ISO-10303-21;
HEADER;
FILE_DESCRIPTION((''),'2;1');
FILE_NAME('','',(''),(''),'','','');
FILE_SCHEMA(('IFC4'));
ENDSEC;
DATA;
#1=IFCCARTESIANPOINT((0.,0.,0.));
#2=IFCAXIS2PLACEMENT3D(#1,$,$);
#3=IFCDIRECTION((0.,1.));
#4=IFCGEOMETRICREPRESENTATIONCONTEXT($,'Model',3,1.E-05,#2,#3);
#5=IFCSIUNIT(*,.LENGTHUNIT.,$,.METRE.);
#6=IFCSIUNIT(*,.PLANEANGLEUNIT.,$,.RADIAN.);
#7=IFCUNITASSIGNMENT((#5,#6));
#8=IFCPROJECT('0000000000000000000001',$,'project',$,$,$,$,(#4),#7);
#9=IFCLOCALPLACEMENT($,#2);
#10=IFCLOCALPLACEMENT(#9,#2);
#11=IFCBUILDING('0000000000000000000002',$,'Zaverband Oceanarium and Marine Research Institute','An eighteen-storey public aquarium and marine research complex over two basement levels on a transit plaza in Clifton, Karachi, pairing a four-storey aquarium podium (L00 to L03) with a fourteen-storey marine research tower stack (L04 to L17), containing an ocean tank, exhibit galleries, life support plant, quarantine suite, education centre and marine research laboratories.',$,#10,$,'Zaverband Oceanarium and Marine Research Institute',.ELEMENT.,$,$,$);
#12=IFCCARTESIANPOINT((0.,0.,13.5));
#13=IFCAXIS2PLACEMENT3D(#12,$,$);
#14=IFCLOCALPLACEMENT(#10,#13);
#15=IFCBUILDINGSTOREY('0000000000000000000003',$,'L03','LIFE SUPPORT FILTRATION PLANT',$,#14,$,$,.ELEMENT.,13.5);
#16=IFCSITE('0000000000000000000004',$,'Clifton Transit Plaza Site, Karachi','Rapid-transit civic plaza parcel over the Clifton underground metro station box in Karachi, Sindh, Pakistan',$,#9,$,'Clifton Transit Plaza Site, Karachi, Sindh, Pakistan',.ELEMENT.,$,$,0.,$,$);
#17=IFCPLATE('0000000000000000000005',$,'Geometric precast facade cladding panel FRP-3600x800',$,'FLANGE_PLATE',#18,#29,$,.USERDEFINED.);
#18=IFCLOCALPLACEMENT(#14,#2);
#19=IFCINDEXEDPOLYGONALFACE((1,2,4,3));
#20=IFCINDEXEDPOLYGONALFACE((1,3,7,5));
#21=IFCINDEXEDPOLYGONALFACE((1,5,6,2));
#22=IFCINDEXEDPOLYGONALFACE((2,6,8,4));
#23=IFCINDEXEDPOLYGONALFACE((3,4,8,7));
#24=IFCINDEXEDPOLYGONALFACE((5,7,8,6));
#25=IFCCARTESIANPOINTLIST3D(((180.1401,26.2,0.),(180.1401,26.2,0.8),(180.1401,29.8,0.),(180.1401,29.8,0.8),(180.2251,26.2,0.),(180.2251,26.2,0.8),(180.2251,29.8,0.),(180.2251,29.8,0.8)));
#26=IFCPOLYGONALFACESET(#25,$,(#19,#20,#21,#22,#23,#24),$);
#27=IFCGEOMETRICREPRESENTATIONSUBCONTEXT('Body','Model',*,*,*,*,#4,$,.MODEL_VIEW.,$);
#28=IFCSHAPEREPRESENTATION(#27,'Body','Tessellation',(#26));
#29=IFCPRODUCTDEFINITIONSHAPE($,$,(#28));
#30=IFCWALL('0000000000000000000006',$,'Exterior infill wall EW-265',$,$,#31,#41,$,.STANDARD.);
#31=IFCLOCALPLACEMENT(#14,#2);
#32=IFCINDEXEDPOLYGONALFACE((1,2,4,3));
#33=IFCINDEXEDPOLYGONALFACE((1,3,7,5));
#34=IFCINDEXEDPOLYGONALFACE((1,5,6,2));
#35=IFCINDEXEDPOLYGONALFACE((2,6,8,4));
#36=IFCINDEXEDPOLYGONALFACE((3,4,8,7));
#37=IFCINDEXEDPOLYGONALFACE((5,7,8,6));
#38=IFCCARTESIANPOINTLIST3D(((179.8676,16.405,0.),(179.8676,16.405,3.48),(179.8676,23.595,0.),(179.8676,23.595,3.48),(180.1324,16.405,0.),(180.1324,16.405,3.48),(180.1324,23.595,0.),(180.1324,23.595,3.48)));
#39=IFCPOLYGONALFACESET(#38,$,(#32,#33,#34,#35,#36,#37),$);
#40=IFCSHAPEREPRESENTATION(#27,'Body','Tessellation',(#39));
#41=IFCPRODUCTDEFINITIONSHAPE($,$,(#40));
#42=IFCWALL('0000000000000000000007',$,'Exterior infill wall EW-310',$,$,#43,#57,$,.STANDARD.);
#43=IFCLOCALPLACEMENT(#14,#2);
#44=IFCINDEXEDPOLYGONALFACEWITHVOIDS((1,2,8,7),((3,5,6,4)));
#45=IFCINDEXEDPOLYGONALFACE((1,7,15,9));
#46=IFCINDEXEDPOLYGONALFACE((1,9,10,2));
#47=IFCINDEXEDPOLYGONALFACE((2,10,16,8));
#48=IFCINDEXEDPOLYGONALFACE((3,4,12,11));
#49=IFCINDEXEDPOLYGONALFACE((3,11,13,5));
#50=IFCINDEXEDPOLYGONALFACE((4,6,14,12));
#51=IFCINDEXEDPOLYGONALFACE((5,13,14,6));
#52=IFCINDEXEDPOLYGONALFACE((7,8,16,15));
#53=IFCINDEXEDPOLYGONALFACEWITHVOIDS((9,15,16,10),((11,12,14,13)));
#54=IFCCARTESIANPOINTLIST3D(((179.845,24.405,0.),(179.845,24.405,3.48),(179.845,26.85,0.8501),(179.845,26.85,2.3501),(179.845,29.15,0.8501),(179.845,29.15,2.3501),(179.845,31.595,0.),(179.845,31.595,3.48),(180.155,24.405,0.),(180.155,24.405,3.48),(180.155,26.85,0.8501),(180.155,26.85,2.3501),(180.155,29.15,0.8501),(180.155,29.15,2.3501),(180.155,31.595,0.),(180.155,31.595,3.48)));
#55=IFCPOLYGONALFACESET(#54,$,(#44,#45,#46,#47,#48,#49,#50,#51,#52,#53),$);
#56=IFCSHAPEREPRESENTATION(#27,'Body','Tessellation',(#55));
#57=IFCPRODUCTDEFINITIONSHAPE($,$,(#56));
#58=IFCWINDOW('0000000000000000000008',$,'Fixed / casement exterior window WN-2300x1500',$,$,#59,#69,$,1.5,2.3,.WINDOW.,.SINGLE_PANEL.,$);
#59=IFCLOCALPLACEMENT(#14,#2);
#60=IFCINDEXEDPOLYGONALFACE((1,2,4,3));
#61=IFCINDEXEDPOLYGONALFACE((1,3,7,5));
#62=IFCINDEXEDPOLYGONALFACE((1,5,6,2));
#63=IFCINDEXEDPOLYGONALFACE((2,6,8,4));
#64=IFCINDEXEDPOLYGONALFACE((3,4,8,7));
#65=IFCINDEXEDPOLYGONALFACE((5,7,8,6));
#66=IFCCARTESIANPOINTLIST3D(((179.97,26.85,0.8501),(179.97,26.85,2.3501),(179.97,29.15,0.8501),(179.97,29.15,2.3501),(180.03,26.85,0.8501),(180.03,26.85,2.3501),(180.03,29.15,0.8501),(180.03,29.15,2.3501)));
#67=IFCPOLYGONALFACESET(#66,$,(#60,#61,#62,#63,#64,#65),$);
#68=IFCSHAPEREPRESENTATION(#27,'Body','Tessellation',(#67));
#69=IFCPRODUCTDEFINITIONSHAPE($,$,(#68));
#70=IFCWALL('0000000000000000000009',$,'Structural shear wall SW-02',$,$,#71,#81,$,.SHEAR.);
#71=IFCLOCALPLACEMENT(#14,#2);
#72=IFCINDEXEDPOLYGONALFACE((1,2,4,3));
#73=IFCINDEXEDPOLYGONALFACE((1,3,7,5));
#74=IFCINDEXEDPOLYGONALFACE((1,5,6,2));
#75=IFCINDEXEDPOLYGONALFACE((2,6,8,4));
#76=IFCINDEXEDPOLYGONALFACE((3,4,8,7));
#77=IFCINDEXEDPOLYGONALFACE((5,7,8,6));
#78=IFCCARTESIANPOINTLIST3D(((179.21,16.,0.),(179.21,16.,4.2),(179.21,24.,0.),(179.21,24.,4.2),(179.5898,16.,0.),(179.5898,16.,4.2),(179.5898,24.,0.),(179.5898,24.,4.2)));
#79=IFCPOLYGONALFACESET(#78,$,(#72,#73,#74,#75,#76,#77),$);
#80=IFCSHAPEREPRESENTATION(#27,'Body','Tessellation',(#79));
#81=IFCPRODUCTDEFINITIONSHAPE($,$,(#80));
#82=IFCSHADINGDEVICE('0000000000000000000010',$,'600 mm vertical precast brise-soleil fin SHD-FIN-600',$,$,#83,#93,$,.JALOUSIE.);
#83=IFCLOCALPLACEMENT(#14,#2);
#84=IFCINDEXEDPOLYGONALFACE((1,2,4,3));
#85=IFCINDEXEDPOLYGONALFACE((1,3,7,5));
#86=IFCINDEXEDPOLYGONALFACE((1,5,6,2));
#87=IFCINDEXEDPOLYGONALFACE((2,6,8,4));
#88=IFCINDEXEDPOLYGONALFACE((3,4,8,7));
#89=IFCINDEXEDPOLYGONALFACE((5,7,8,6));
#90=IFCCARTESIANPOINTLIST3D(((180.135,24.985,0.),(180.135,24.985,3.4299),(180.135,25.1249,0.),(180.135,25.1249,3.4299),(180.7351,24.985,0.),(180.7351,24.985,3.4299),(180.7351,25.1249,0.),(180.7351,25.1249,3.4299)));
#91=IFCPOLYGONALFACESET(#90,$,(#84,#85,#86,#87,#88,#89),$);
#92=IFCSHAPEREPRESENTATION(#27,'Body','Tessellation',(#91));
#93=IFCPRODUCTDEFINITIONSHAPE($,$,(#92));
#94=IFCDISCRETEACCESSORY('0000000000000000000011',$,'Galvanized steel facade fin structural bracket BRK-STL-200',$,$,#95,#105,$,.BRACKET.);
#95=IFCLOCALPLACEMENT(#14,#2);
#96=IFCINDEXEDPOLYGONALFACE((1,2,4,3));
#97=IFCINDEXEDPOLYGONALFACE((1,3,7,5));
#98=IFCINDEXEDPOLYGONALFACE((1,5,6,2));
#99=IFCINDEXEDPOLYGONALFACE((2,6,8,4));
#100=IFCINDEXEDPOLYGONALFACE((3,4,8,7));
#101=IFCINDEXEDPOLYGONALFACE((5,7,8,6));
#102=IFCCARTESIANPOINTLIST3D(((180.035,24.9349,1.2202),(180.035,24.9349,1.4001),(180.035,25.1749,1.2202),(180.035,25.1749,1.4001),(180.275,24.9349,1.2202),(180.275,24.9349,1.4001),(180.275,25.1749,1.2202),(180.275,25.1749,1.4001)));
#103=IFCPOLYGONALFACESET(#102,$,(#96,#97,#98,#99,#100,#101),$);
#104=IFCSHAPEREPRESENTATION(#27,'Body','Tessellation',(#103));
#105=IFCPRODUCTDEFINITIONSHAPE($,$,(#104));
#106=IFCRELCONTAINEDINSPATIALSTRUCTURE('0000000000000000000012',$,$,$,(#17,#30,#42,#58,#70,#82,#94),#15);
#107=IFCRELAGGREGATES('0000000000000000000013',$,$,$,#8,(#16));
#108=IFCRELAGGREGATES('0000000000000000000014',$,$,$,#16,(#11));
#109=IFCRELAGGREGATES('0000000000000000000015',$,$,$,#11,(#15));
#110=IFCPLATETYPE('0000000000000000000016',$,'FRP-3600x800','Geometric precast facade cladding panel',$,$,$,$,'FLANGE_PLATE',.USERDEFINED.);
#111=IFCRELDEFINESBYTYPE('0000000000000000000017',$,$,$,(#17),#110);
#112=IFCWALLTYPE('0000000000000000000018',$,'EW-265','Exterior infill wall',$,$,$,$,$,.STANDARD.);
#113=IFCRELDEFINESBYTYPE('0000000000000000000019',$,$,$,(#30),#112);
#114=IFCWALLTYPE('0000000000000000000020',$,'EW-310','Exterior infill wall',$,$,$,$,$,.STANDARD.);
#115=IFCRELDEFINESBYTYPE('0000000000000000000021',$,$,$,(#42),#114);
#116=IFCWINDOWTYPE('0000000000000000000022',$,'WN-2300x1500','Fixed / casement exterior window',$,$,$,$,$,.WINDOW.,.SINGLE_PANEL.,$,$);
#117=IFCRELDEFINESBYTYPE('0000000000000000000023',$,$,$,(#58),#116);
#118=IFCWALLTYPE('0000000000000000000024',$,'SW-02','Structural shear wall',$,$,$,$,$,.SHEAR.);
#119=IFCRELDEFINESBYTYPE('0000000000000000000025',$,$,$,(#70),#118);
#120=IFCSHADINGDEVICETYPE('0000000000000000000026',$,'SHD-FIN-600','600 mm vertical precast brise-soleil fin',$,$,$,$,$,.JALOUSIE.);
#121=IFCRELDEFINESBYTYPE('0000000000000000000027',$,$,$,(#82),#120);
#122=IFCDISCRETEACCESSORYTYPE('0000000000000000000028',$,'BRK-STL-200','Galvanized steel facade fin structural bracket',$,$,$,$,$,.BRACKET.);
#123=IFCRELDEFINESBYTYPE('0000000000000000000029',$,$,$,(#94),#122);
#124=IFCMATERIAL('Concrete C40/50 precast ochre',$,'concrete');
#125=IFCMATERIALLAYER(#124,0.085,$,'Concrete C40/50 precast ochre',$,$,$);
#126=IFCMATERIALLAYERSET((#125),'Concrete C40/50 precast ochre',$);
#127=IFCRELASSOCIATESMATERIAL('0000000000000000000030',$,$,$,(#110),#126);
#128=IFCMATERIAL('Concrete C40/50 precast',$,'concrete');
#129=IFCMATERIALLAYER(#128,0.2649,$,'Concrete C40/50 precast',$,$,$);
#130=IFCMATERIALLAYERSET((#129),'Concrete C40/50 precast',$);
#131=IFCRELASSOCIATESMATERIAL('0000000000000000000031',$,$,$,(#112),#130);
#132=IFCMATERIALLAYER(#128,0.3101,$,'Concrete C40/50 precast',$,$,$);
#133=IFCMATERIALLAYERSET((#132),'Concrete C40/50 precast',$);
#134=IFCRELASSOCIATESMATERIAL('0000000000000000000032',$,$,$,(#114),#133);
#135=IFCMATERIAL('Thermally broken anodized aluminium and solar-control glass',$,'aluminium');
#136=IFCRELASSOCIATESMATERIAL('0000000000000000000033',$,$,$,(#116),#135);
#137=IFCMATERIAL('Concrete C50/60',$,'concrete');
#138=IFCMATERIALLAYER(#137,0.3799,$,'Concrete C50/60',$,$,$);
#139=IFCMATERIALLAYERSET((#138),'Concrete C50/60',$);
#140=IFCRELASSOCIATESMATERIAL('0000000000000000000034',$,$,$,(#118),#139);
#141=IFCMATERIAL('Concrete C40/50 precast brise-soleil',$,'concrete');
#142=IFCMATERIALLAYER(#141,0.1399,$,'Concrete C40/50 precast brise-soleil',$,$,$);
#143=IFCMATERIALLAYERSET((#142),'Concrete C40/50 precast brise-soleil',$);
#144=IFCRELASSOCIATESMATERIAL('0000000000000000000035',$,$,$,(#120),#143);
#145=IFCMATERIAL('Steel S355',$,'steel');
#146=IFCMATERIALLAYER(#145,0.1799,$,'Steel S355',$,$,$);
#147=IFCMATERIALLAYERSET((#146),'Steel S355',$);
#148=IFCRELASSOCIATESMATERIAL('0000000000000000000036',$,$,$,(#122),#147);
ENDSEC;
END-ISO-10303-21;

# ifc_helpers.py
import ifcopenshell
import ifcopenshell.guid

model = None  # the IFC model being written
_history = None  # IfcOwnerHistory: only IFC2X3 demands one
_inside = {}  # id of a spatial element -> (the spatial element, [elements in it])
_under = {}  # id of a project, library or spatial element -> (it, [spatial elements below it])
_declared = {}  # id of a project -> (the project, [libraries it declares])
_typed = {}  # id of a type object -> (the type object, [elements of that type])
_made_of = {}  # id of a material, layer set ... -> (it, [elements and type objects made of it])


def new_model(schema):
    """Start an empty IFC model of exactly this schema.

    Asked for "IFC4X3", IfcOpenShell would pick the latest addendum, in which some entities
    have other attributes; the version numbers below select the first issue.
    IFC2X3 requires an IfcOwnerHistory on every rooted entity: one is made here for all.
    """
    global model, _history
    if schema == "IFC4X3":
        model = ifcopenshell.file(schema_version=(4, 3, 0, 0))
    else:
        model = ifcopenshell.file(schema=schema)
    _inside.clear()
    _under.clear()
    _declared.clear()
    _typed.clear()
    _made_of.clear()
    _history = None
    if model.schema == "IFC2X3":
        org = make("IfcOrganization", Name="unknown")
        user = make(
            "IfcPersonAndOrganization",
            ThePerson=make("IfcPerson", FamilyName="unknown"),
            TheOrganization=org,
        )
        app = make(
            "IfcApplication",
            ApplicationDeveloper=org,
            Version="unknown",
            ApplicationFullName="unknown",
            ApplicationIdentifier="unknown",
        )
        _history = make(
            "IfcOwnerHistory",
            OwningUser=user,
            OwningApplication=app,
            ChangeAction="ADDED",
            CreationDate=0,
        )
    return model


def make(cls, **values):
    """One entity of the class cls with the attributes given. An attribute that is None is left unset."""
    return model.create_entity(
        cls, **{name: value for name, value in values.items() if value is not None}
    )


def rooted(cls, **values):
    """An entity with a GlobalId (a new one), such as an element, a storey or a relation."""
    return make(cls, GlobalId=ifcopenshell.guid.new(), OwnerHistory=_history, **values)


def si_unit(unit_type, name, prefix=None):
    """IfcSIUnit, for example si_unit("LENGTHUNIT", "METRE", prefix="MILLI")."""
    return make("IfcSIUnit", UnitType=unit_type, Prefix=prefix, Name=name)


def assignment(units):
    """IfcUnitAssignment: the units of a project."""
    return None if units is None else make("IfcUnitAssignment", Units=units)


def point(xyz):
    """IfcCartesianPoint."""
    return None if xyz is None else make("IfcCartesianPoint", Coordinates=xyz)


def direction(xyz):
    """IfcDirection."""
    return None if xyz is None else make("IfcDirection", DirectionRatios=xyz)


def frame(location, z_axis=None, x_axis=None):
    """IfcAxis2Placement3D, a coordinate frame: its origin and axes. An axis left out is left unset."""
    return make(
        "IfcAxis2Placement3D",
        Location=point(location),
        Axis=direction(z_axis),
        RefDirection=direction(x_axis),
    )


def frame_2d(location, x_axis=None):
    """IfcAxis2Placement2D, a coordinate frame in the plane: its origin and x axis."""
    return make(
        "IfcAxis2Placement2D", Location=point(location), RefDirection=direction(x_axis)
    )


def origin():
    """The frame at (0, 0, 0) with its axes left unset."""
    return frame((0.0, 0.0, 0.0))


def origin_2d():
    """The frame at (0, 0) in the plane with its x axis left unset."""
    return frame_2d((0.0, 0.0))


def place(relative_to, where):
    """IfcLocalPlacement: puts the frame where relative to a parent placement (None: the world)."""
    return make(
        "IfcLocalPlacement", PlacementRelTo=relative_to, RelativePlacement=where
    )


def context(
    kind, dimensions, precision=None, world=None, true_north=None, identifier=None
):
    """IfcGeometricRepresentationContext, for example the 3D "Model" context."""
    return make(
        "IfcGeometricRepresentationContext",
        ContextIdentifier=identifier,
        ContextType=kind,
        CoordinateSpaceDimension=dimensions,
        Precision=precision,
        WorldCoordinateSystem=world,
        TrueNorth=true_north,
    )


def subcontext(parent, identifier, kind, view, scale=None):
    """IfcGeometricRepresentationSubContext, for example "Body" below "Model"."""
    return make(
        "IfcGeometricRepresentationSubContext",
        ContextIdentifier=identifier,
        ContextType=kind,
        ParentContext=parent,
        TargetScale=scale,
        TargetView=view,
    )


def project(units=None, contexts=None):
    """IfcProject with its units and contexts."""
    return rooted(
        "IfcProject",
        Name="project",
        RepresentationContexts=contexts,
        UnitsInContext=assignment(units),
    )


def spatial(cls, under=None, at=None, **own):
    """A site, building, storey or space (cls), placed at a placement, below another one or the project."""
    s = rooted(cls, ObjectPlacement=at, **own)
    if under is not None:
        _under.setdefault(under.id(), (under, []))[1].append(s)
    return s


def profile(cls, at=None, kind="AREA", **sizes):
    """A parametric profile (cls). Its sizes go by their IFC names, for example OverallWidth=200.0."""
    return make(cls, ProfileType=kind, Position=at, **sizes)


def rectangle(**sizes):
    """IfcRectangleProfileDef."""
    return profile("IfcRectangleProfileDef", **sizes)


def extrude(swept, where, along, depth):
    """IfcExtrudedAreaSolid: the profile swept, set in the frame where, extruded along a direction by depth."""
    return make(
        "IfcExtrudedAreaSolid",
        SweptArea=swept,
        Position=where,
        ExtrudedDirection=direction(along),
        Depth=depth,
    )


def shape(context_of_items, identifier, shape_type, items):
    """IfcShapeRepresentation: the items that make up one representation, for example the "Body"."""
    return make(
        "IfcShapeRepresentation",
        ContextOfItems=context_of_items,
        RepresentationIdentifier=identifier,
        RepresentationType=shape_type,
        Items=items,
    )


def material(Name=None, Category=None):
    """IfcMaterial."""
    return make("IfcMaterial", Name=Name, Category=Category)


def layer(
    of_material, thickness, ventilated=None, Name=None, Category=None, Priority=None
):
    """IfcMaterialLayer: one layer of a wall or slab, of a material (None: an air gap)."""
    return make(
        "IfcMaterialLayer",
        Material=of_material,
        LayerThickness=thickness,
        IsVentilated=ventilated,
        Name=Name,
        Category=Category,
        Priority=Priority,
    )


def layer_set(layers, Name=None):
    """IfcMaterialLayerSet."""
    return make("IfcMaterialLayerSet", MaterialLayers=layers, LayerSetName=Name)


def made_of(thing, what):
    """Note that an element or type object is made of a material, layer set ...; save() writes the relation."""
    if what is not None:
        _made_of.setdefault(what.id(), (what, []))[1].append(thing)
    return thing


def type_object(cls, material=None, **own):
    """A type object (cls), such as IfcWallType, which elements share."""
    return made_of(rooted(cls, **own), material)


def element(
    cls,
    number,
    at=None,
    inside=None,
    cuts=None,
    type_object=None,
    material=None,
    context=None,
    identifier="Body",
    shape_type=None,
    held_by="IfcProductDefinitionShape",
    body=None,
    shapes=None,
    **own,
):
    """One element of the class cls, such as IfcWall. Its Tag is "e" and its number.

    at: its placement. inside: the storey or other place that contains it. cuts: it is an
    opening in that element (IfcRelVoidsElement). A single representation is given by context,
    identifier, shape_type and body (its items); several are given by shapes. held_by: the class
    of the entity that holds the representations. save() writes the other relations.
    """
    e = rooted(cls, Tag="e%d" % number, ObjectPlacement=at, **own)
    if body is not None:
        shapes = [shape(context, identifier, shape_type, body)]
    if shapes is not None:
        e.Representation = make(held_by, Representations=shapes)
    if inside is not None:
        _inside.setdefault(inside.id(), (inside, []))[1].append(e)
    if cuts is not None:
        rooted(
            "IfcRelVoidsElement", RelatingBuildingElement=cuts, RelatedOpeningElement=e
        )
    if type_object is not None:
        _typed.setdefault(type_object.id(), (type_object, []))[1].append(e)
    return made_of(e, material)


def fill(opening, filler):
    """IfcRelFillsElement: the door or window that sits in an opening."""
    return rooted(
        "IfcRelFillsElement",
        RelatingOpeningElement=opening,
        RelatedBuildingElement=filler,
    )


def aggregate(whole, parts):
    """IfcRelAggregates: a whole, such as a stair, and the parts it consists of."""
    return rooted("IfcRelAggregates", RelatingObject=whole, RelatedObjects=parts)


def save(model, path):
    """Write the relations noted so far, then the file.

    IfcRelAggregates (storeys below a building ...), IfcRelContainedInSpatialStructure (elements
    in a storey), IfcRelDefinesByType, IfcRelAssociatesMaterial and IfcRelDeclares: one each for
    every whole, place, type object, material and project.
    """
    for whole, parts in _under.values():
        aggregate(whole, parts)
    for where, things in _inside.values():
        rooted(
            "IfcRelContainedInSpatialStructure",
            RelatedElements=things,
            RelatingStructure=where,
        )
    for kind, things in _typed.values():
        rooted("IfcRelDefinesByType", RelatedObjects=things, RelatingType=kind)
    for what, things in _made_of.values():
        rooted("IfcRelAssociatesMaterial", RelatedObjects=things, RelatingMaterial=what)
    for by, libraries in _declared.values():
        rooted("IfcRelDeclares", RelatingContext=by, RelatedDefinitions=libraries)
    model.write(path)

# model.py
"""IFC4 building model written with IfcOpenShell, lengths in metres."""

from ifc_helpers import new_model, si_unit, direction, frame, frame_2d, origin, origin_2d, place, context, subcontext, project, spatial, rectangle, extrude, material, layer, layer_set, type_object, element, fill, save


model = new_model("IFC4")

# Units and contexts
model_context = context("Model", 3, precision=1e-05, world=origin(), true_north=direction((0.0, 1.0)))
body_context = subcontext(model_context, "Body", "Model", "MODEL_VIEW")
ifc_project = project(units=[si_unit("LENGTHUNIT", "METRE"), si_unit("PLANEANGLEUNIT", "RADIAN")], contexts=[model_context])

# Site, building, storey
site_placement = place(None, origin())
site = spatial("IfcSite", under=ifc_project, at=site_placement, Name="Clifton Transit Plaza Site, Karachi", Description="Rapid-transit civic plaza parcel over the Clifton underground metro station box in Karachi, Sindh, Pakistan", LongName="Clifton Transit Plaza Site, Karachi, Sindh, Pakistan", CompositionType="ELEMENT", RefElevation=0.0)
building_placement = place(site_placement, origin())
building = spatial("IfcBuilding", under=site, at=building_placement, Name="Zaverband Oceanarium and Marine Research Institute", Description="An eighteen-storey public aquarium and marine research complex over two basement levels on a transit plaza in Clifton, Karachi, pairing a four-storey aquarium podium (L00 to L03) with a fourteen-storey marine research tower stack (L04 to L17), containing an ocean tank, exhibit galleries, life support plant, quarantine suite, education centre and marine research laboratories.", LongName="Zaverband Oceanarium and Marine Research Institute", CompositionType="ELEMENT")
storey_placement = place(building_placement, frame((0.0, 0.0, 13.5)))
storey = spatial("IfcBuildingStorey", under=building, at=storey_placement, Name="L03", Description="LIFE SUPPORT FILTRATION PLANT", CompositionType="ELEMENT", Elevation=13.5)

# Shared definitions
ifc_material_1 = material(Name="Concrete C50/60", Category="concrete")

# Plate
ifc_material_2 = material(Name="Concrete C40/50 precast ochre", Category="concrete")
ifc_layer_1 = layer(ifc_material_2, 0.085, Name="Concrete C40/50 precast ochre")
ifc_layer_set_1 = layer_set([ifc_layer_1], Name="Concrete C40/50 precast ochre")
plate_type = type_object("IfcPlateType", Name="FRP-3600x800", Description="Geometric precast facade cladding panel", ElementType="FLANGE_PLATE", PredefinedType="USERDEFINED", material=ifc_layer_set_1)
plate_placement = place(storey_placement, frame((180.1826, 26.2, 0.0), z_axis=(0.0, 0.0, 1.0), x_axis=(0.0, 1.0, 0.0)))
element("IfcPlate", 1, at=plate_placement, inside=storey, type_object=plate_type, Name="Geometric precast facade cladding panel FRP-3600x800", ObjectType="FLANGE_PLATE", PredefinedType="USERDEFINED", context=body_context, shape_type="SweptSolid", body=[
    extrude(rectangle(XDim=3.6001, YDim=0.085, at=frame_2d((1.8, 0.0))), origin(), (0.0, 0.0, 1.0), 0.8),
])

# Wall
ifc_material_3 = material(Name="Concrete C40/50 precast", Category="concrete")
ifc_layer_2 = layer(ifc_material_3, 0.2649, Name="Concrete C40/50 precast")
ifc_layer_set_2 = layer_set([ifc_layer_2], Name="Concrete C40/50 precast")
wall_type_1 = type_object("IfcWallType", Name="EW-265", Description="Exterior infill wall", PredefinedType="STANDARD", material=ifc_layer_set_2)
wall_1_placement = place(storey_placement, frame((180.0, 16.405, 0.0), z_axis=(0.0, 0.0, 1.0), x_axis=(0.0, 1.0, 0.0)))
element("IfcWall", 2, at=wall_1_placement, inside=storey, type_object=wall_type_1, Name="Exterior infill wall EW-265", PredefinedType="STANDARD", context=body_context, shape_type="SweptSolid", body=[
    extrude(rectangle(XDim=7.1899, YDim=0.2649, at=frame_2d((3.595, 0.0))), origin(), (0.0, 0.0, 1.0), 3.48),
])

# Wall, opening, window
ifc_layer_3 = layer(ifc_material_3, 0.3101, Name="Concrete C40/50 precast")
ifc_layer_set_3 = layer_set([ifc_layer_3], Name="Concrete C40/50 precast")
wall_type_2 = type_object("IfcWallType", Name="EW-310", Description="Exterior infill wall", PredefinedType="STANDARD", material=ifc_layer_set_3)
wall_2_placement = place(storey_placement, frame((180.0, 24.405, 0.0), z_axis=(0.0, 0.0, 1.0), x_axis=(0.0, 1.0, 0.0)))
wall_2 = element("IfcWall", 3, at=wall_2_placement, inside=storey, type_object=wall_type_2, Name="Exterior infill wall EW-310", PredefinedType="STANDARD", context=body_context, shape_type="SweptSolid", body=[
    extrude(rectangle(XDim=7.1899, YDim=0.3101, at=frame_2d((3.595, 0.0))), origin(), (0.0, 0.0, 1.0), 3.48),
])
opening_placement = place(wall_2_placement, frame((2.4451, 0.0, 0.8501)))
opening = element("IfcOpeningElement", 4, at=opening_placement, cuts=wall_2, PredefinedType="OPENING", context=body_context, shape_type="SweptSolid", body=[
    extrude(rectangle(XDim=2.3, YDim=1.5, at=frame_2d((1.1499, 0.75))), frame((0.0, 0.167, 0.0), z_axis=(0.0, -1.0, 0.0), x_axis=(1.0, 0.0, 0.0)), (0.0, 0.0, 1.0), 0.334),
])
ifc_material_4 = material(Name="Thermally broken anodized aluminium and solar-control glass", Category="aluminium")
window_type = type_object("IfcWindowType", Name="WN-2300x1500", Description="Fixed / casement exterior window", PartitioningType="SINGLE_PANEL", PredefinedType="WINDOW", material=ifc_material_4)
window_placement = place(opening_placement, origin())
window = element("IfcWindow", 5, at=window_placement, inside=storey, type_object=window_type, Name="Fixed / casement exterior window WN-2300x1500", OverallHeight=1.5, OverallWidth=2.3, PartitioningType="SINGLE_PANEL", PredefinedType="WINDOW", context=body_context, shape_type="SweptSolid", body=[
    extrude(rectangle(XDim=2.3, YDim=1.5, at=frame_2d((1.1499, 0.75))), frame((0.0, 0.03, 0.0), z_axis=(0.0, -1.0, 0.0), x_axis=(1.0, 0.0, 0.0)), (0.0, 0.0, 1.0), 0.0601),
])
fill(opening, window)

# Wall
ifc_layer_4 = layer(ifc_material_1, 0.3799, Name="Concrete C50/60")
ifc_layer_set_4 = layer_set([ifc_layer_4], Name="Concrete C50/60")
wall_type_3 = type_object("IfcWallType", Name="SW-02", Description="Structural shear wall", PredefinedType="SHEAR", material=ifc_layer_set_4)
wall_3_placement = place(storey_placement, frame((179.3999, 16.0, 0.0), z_axis=(0.0, 0.0, 1.0), x_axis=(0.0, 1.0, 0.0)))
element("IfcWall", 6, at=wall_3_placement, inside=storey, type_object=wall_type_3, Name="Structural shear wall SW-02", PredefinedType="SHEAR", context=body_context, shape_type="SweptSolid", body=[
    extrude(rectangle(XDim=8.0, YDim=0.3799, at=frame_2d((4.0, 0.0))), origin(), (0.0, 0.0, 1.0), 4.2),
])

# Shading device
ifc_material_5 = material(Name="Concrete C40/50 precast brise-soleil", Category="concrete")
ifc_layer_5 = layer(ifc_material_5, 0.1399, Name="Concrete C40/50 precast brise-soleil")
ifc_layer_set_5 = layer_set([ifc_layer_5], Name="Concrete C40/50 precast brise-soleil")
shading_device_type = type_object("IfcShadingDeviceType", Name="SHD-FIN-600", Description="600 mm vertical precast brise-soleil fin", PredefinedType="JALOUSIE", material=ifc_layer_set_5)
shading_device_placement = place(storey_placement, frame((180.135, 25.0549, 0.0), z_axis=(0.0, 0.0, 1.0), x_axis=(1.0, 0.0, 0.0)))
element("IfcShadingDevice", 7, at=shading_device_placement, inside=storey, type_object=shading_device_type, Name="600 mm vertical precast brise-soleil fin SHD-FIN-600", PredefinedType="JALOUSIE", context=body_context, shape_type="SweptSolid", body=[
    extrude(rectangle(XDim=0.6001, YDim=0.1399, at=frame_2d((0.3, 0.0))), origin(), (0.0, 0.0, 1.0), 3.4299),
])

# Discrete accessory
ifc_material_6 = material(Name="Steel S355", Category="steel")
ifc_layer_6 = layer(ifc_material_6, 0.1799, Name="Steel S355")
ifc_layer_set_6 = layer_set([ifc_layer_6], Name="Steel S355")
discrete_accessory_type = type_object("IfcDiscreteAccessoryType", Name="BRK-STL-200", Description="Galvanized steel facade fin structural bracket", PredefinedType="BRACKET", material=ifc_layer_set_6)
discrete_accessory_placement = place(storey_placement, frame((180.155, 25.0549, 1.2202), z_axis=(0.0, 0.0, 1.0), x_axis=(1.0, 0.0, 0.0)))
element("IfcDiscreteAccessory", 8, at=discrete_accessory_placement, inside=storey, type_object=discrete_accessory_type, Name="Galvanized steel facade fin structural bracket BRK-STL-200", PredefinedType="BRACKET", context=body_context, shape_type="SweptSolid", body=[
    extrude(rectangle(XDim=0.24, YDim=0.24, at=origin_2d()), origin(), (0.0, 0.0, 1.0), 0.1799),
])

save(model, "model.ifc")
